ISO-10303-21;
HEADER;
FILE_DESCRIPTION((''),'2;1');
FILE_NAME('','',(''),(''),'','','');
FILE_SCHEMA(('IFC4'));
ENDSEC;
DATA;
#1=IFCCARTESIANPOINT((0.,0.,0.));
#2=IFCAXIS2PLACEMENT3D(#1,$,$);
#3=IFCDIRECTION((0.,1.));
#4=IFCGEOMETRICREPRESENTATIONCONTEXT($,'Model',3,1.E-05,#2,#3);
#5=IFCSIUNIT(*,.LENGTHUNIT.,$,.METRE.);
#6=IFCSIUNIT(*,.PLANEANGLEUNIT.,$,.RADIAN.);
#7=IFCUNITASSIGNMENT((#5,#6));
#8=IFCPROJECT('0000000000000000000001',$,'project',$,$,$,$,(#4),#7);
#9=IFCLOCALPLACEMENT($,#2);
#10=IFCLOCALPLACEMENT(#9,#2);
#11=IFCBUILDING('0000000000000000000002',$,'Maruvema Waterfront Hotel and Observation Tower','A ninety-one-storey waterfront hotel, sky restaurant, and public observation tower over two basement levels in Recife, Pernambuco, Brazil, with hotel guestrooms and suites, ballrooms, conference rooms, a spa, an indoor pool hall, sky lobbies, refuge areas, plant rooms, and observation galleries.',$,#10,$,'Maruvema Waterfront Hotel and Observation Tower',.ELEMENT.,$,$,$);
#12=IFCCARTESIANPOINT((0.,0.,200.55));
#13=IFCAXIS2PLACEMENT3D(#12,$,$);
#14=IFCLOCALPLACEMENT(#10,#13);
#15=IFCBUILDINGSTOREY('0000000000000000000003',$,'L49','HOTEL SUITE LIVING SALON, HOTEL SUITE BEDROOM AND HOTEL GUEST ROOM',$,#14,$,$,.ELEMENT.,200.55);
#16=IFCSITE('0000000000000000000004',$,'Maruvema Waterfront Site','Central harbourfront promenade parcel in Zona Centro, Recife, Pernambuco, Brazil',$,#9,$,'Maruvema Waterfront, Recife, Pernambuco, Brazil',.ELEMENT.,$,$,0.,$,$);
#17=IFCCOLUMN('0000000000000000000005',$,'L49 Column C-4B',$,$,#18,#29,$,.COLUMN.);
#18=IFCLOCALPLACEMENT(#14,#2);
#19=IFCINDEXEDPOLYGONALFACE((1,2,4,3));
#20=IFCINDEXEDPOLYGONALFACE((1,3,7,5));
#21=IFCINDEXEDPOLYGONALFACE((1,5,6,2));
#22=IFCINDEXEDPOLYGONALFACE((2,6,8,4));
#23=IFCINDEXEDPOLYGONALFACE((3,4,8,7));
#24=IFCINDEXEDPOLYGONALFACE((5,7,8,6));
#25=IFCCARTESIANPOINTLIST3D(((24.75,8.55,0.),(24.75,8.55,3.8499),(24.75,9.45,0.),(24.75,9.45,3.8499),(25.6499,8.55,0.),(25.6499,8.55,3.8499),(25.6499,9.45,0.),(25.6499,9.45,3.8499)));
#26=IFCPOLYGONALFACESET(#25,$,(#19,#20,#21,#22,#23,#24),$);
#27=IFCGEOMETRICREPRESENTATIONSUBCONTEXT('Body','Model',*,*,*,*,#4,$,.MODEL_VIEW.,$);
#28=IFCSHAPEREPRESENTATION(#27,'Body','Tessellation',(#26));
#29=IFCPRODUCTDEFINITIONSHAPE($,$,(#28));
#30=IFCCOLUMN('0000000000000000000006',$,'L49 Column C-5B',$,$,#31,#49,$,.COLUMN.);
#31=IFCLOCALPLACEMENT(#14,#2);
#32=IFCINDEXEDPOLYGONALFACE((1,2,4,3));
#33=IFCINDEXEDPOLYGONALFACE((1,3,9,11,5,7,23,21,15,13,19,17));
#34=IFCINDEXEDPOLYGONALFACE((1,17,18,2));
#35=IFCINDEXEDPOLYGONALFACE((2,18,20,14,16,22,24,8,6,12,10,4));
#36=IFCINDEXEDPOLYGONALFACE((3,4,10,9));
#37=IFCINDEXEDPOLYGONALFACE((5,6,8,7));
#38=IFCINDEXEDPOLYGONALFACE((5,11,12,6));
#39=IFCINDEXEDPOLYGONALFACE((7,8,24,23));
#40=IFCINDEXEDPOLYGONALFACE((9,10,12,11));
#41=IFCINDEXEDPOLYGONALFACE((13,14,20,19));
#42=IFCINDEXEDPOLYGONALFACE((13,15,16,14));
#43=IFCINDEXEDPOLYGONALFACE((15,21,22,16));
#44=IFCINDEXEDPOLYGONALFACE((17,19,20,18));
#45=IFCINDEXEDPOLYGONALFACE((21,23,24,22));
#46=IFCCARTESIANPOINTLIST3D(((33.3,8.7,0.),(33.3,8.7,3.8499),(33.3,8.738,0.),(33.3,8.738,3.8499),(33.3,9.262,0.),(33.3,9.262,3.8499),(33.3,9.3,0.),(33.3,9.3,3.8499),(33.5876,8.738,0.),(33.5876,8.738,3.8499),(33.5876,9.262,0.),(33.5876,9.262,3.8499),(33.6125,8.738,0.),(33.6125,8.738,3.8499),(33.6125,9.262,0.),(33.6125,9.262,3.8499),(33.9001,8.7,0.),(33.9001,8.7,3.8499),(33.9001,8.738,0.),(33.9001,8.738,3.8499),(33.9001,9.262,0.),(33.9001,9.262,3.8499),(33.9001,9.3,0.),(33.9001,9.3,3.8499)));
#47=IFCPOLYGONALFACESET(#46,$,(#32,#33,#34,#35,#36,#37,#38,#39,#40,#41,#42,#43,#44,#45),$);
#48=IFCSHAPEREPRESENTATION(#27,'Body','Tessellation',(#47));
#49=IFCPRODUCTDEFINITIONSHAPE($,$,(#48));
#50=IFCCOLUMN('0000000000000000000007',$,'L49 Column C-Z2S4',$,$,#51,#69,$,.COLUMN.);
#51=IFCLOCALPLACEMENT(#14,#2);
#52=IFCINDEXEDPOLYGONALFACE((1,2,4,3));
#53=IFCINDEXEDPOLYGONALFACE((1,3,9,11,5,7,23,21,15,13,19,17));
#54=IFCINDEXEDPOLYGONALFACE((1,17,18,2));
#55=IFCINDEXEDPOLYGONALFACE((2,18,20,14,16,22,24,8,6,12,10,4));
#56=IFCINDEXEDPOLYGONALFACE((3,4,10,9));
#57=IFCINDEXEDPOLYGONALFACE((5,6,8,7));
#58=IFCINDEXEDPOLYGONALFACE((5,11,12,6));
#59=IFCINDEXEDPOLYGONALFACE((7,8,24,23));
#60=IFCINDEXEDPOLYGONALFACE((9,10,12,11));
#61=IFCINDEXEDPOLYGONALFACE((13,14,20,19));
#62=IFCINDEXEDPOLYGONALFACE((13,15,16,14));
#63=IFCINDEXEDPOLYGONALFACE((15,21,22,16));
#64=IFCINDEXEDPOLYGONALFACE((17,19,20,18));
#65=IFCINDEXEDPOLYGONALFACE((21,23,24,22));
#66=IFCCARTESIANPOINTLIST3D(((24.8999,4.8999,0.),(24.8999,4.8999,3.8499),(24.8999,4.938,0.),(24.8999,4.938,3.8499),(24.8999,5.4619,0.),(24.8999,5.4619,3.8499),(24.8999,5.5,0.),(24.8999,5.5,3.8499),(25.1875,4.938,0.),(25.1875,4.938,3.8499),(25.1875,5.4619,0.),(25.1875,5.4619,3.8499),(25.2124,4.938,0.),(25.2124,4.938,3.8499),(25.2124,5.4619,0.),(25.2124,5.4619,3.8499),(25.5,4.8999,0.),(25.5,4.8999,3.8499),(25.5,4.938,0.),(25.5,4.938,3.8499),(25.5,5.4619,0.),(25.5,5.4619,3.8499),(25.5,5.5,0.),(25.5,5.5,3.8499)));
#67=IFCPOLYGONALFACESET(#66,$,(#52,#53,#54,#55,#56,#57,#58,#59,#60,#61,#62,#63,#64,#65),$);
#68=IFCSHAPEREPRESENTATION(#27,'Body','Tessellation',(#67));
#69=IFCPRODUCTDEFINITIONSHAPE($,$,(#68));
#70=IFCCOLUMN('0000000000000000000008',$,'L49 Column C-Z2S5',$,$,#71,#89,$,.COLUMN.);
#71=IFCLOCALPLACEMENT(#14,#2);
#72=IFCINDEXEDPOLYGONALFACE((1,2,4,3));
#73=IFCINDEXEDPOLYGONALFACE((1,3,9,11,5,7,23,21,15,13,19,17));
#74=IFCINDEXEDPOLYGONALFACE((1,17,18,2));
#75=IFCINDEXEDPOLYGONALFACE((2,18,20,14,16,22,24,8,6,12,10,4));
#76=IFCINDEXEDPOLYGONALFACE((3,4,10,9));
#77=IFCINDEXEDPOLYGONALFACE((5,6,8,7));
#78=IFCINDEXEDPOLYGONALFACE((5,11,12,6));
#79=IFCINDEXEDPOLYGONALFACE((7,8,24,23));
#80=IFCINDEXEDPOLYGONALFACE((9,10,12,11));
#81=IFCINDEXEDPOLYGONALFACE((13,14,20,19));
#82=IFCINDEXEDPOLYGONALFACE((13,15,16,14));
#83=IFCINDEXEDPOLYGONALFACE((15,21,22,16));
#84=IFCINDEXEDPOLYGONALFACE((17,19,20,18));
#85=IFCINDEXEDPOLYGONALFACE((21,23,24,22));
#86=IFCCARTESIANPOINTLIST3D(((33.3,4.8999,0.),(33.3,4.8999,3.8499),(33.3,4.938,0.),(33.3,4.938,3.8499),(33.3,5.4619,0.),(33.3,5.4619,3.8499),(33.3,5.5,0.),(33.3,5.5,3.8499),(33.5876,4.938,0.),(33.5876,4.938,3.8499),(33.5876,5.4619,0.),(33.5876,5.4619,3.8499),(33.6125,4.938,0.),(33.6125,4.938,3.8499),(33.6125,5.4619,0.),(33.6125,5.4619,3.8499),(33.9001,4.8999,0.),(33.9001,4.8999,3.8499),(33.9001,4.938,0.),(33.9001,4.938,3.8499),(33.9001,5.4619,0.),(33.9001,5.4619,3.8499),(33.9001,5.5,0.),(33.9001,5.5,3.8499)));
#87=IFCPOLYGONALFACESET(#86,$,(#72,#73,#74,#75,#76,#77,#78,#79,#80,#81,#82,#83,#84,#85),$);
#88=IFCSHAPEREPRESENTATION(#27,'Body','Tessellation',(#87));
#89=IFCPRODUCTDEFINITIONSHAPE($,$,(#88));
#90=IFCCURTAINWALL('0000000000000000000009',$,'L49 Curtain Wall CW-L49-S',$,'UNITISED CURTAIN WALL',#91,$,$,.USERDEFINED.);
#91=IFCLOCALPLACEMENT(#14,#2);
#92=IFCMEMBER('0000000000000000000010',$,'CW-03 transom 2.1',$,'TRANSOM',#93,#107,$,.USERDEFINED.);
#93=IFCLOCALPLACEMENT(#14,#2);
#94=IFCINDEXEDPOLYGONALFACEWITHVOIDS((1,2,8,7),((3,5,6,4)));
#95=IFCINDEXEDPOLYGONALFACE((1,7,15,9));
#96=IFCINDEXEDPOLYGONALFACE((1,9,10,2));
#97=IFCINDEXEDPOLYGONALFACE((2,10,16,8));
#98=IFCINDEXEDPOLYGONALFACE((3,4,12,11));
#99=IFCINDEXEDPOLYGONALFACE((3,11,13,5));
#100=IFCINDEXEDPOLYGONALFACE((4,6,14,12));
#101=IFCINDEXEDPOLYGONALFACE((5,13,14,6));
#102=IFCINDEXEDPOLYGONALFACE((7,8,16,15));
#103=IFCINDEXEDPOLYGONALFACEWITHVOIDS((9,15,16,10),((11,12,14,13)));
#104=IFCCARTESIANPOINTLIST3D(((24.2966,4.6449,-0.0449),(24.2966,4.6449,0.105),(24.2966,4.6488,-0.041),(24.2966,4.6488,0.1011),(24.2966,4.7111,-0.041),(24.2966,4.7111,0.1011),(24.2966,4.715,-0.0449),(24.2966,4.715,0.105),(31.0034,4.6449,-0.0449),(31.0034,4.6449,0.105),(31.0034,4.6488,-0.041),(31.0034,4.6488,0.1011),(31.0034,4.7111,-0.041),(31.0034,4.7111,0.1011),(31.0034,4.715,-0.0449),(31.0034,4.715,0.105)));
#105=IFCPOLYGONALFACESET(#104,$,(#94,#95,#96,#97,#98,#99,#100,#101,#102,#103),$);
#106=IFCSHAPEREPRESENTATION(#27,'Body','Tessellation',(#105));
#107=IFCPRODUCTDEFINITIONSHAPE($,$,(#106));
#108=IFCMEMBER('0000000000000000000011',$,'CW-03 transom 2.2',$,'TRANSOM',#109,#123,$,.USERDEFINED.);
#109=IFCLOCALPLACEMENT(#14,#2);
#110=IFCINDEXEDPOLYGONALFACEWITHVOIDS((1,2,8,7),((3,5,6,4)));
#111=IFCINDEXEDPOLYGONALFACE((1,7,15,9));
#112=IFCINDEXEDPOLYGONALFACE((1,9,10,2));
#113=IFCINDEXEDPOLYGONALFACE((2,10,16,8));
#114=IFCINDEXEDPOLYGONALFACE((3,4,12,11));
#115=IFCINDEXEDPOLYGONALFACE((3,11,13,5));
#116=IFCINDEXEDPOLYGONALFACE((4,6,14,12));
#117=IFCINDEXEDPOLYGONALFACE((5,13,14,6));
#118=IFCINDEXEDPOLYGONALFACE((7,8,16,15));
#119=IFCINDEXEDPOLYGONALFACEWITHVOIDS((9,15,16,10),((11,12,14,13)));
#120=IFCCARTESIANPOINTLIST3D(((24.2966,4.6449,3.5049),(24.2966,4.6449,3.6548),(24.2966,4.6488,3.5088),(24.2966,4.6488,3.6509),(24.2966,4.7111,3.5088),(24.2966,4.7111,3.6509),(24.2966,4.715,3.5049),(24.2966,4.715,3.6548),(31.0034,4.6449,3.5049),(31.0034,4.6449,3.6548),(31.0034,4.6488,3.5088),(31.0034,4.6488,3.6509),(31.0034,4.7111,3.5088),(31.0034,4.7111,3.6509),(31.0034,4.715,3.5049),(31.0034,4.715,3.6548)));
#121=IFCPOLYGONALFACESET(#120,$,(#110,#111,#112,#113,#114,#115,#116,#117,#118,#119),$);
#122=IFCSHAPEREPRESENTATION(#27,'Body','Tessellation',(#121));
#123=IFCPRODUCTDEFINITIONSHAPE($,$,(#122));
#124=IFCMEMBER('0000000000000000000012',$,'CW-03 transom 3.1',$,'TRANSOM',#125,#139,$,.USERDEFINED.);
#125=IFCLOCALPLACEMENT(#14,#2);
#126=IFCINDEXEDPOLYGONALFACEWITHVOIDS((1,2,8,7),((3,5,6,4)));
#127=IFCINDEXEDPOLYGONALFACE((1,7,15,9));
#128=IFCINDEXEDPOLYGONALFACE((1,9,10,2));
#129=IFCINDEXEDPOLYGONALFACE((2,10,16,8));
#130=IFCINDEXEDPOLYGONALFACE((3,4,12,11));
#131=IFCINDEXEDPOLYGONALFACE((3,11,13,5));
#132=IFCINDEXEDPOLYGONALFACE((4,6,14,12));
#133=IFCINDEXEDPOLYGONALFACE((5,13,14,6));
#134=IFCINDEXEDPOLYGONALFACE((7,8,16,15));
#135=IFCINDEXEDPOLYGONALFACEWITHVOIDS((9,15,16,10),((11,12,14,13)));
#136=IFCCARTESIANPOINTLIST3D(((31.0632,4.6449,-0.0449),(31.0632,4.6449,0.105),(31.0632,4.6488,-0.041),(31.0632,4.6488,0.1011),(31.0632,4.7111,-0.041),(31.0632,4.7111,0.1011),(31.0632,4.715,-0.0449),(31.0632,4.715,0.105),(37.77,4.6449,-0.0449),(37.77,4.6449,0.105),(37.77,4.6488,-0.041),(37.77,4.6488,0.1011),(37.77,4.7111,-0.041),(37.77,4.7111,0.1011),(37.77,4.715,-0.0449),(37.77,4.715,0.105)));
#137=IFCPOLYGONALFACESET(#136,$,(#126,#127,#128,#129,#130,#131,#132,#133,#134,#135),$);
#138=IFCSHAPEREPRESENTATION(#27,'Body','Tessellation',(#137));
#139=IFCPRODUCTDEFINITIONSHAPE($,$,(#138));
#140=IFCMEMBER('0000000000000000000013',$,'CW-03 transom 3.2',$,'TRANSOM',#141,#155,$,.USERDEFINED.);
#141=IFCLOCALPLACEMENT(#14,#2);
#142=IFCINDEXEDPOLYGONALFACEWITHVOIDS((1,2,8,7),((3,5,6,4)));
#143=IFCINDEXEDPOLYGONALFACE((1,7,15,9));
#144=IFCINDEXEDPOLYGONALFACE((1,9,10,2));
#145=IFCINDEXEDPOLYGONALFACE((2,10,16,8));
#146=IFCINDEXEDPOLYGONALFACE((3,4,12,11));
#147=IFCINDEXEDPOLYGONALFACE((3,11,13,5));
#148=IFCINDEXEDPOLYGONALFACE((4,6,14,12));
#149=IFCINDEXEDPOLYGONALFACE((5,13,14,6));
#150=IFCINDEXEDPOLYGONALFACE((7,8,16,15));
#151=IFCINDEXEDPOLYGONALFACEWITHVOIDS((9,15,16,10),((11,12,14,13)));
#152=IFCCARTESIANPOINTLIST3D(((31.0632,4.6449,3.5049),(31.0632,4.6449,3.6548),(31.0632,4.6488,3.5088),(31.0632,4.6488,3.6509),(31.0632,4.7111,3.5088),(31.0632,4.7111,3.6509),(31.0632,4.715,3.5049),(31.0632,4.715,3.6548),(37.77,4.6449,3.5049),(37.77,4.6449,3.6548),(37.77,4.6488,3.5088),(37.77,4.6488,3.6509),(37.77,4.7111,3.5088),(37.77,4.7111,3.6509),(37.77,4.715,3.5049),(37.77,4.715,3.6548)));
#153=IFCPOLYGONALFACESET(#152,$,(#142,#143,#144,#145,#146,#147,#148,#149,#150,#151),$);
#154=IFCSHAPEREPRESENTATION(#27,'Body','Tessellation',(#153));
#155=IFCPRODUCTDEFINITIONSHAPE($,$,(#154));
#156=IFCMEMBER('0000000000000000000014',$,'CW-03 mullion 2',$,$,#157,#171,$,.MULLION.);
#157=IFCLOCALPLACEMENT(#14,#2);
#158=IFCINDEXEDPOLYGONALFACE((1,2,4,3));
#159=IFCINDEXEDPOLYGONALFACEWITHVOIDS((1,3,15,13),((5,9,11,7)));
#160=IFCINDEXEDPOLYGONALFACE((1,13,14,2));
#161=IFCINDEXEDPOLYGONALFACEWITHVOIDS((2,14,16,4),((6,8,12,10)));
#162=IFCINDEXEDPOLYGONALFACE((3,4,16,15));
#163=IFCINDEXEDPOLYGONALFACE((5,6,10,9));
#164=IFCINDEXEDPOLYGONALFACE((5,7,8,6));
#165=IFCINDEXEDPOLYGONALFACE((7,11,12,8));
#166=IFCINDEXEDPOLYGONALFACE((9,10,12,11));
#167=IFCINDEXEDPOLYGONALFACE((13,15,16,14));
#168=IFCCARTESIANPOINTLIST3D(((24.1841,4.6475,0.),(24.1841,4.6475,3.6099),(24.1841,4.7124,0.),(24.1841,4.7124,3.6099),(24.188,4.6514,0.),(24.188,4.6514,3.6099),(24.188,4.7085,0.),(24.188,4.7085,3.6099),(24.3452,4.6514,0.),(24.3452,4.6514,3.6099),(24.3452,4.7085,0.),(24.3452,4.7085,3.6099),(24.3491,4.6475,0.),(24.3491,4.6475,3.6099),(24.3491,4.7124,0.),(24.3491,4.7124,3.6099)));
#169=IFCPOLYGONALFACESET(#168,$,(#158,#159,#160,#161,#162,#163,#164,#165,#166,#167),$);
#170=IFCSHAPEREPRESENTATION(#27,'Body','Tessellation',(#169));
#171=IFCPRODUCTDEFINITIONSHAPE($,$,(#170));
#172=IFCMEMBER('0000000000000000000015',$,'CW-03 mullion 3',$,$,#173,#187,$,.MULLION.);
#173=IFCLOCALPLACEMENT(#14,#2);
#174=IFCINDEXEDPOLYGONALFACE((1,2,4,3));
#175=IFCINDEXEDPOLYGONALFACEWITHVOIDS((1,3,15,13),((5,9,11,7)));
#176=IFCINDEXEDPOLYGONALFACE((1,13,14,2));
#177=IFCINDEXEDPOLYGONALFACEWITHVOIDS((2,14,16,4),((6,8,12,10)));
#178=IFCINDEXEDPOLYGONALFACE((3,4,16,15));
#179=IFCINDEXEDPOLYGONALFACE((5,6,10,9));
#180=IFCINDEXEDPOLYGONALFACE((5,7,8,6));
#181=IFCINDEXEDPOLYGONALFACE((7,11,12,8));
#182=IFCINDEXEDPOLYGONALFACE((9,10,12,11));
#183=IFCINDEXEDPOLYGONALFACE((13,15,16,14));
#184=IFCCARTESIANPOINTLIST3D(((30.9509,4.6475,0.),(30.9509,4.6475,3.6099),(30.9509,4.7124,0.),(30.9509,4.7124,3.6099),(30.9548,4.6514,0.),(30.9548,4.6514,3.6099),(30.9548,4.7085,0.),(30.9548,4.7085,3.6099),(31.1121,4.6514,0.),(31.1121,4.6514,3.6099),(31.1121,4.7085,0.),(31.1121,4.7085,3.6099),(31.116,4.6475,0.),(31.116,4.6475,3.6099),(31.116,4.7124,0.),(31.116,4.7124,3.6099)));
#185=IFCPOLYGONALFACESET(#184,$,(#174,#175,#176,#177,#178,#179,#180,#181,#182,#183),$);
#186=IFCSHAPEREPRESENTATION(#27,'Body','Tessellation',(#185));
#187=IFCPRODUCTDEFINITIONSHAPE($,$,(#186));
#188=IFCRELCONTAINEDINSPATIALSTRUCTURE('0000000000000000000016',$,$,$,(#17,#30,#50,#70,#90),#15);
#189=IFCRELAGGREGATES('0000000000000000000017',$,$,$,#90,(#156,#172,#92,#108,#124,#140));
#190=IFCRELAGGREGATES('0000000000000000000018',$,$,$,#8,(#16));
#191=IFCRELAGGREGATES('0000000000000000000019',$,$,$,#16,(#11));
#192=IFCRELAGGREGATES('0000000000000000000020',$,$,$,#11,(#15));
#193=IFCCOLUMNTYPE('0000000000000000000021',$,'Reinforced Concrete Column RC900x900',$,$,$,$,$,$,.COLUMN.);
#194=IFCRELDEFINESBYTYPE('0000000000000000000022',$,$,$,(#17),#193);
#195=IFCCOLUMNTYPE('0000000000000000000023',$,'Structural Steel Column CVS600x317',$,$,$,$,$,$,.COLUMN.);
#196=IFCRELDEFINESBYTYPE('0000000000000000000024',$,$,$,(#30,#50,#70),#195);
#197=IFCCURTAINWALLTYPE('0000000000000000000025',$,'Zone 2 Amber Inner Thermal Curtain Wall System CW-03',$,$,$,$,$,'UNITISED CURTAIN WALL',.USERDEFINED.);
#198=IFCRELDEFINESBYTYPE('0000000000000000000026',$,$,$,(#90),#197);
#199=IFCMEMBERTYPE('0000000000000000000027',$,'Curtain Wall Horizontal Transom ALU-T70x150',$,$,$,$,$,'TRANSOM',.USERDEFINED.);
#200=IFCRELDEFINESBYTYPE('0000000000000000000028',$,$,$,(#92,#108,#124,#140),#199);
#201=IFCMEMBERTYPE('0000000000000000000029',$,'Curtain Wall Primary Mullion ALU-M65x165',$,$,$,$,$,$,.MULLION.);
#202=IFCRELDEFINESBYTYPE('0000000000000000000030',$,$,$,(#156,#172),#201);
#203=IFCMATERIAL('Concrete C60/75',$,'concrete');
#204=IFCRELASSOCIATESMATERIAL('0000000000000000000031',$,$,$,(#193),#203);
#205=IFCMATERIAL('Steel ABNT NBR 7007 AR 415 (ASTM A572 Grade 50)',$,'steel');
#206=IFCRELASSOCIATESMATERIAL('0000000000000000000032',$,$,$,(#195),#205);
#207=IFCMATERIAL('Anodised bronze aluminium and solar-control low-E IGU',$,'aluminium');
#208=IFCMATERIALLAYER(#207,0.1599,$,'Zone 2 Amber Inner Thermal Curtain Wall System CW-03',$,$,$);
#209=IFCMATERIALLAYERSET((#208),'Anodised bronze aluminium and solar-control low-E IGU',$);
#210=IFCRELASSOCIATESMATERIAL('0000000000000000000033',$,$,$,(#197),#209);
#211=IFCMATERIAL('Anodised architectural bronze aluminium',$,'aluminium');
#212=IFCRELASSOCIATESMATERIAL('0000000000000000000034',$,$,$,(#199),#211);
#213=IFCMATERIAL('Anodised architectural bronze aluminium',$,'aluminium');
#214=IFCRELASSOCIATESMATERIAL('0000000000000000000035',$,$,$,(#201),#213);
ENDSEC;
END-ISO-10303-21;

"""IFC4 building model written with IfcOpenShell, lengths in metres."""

from ifc_helpers import new_model, si_unit, direction, frame, origin, origin_2d, place, context, subcontext, project, spatial, rectangle, hollow_rectangle, i_section, extrude, material, layer, layer_set, material_profile, profile_set, type_object, element, aggregate, save


model = new_model("IFC4")

# Units and contexts
model_context = context("Model", 3, precision=1e-05, world=origin(), true_north=direction((0.0, 1.0)))
body_context = subcontext(model_context, "Body", "Model", "MODEL_VIEW")
ifc_project = project(units=[si_unit("LENGTHUNIT", "METRE"), si_unit("PLANEANGLEUNIT", "RADIAN")], contexts=[model_context])

# Site, building, storey
site_placement = place(None, origin())
site = spatial("IfcSite", under=ifc_project, at=site_placement, Name="Maruvema Waterfront Site", Description="Central harbourfront promenade parcel in Zona Centro, Recife, Pernambuco, Brazil", LongName="Maruvema Waterfront, Recife, Pernambuco, Brazil", CompositionType="ELEMENT", RefElevation=0.0)
building_placement = place(site_placement, origin())
building = spatial("IfcBuilding", under=site, at=building_placement, Name="Maruvema Waterfront Hotel and Observation Tower", Description="A ninety-one-storey waterfront hotel, sky restaurant, and public observation tower over two basement levels in Recife, Pernambuco, Brazil, with hotel guestrooms and suites, ballrooms, conference rooms, a spa, an indoor pool hall, sky lobbies, refuge areas, plant rooms, and observation galleries.", LongName="Maruvema Waterfront Hotel and Observation Tower", CompositionType="ELEMENT")
storey_placement = place(building_placement, frame((0.0, 0.0, 200.55)))
storey = spatial("IfcBuildingStorey", under=building, at=storey_placement, Name="L49", Description="HOTEL SUITE LIVING SALON, HOTEL SUITE BEDROOM AND HOTEL GUEST ROOM", CompositionType="ELEMENT", Elevation=200.55)

# Columns
ifc_material_1 = material(Name="Concrete C60/75", Category="concrete")
ifc_material_profile_1 = material_profile(ifc_material_1, rectangle(XDim=0.8999, YDim=0.8999, at=origin_2d()), Name="RC900x900")
ifc_profile_set_1 = profile_set([ifc_material_profile_1], Name="Concrete C60/75")
column_type_1 = type_object("IfcColumnType", Name="Reinforced Concrete Column RC900x900", PredefinedType="COLUMN", material=ifc_profile_set_1)
column_placement = place(storey_placement, frame((25.2, 9.0, 0.0), z_axis=(0.0, 0.0, 1.0), x_axis=(1.0, 0.0, 0.0)))
element("IfcColumn", 1, at=column_placement, inside=storey, type_object=column_type_1, Name="L49 Column C-4B", PredefinedType="COLUMN", context=body_context, shape_type="SweptSolid", body=[
    extrude(rectangle(XDim=0.8999, YDim=0.8999, at=origin_2d()), origin(), (0.0, 0.0, 1.0), 3.8499),
])
ifc_material_2 = material(Name="Steel ABNT NBR 7007 AR 415 (ASTM A572 Grade 50)", Category="steel")
ifc_material_profile_2 = material_profile(ifc_material_2, i_section(OverallWidth=0.6001, OverallDepth=0.6001, WebThickness=0.0249, FlangeThickness=0.0381, at=origin_2d()), Name="CVS600x317")
ifc_profile_set_2 = profile_set([ifc_material_profile_2], Name="Steel ABNT NBR 7007 AR 415 (ASTM A572 Grade 50)")
column_type_2 = type_object("IfcColumnType", Name="Structural Steel Column CVS600x317", PredefinedType="COLUMN", material=ifc_profile_set_2)
for number, where, z_axis, x_axis, name in (
    (2, (33.6001, 9.0, 0.0), (0.0, 0.0, 1.0), (1.0, 0.0, 0.0), "L49 Column C-5B"),
    (3, (25.2, 5.2, 0.0), (0.0, 0.0, 1.0), (1.0, 0.0, 0.0), "L49 Column C-Z2S4"),
    (4, (33.6001, 5.2, 0.0), (0.0, 0.0, 1.0), (1.0, 0.0, 0.0), "L49 Column C-Z2S5"),
):
    element("IfcColumn", number, at=place(storey_placement, frame(where, z_axis=z_axis, x_axis=x_axis)), inside=storey, type_object=column_type_2, Name=name, PredefinedType="COLUMN", context=body_context, shape_type="SweptSolid", body=[
        extrude(i_section(OverallWidth=0.6001, OverallDepth=0.6001, WebThickness=0.0249, FlangeThickness=0.0381, at=origin_2d()), origin(), (0.0, 0.0, 1.0), 3.8499),
    ])

# Curtain wall, members
ifc_material_3 = material(Name="Anodised bronze aluminium and solar-control low-E IGU", Category="aluminium")
ifc_layer_1 = layer(ifc_material_3, 0.1599, Name="Zone 2 Amber Inner Thermal Curtain Wall System CW-03")
ifc_layer_set_1 = layer_set([ifc_layer_1], Name="Anodised bronze aluminium and solar-control low-E IGU")
curtain_wall_type = type_object("IfcCurtainWallType", Name="Zone 2 Amber Inner Thermal Curtain Wall System CW-03", ElementType="UNITISED CURTAIN WALL", PredefinedType="USERDEFINED", material=ifc_layer_set_1)
curtain_wall_placement = place(storey_placement, origin())
curtain_wall = element("IfcCurtainWall", 5, at=curtain_wall_placement, inside=storey, type_object=curtain_wall_type, Name="L49 Curtain Wall CW-L49-S", ObjectType="UNITISED CURTAIN WALL", PredefinedType="USERDEFINED")
ifc_material_4 = material(Name="Anodised architectural bronze aluminium", Category="aluminium")
ifc_material_profile_3 = material_profile(ifc_material_4, hollow_rectangle(XDim=0.0701, YDim=0.1499, WallThickness=0.0039, at=origin_2d()), Name="ALU-T70x150")
ifc_profile_set_3 = profile_set([ifc_material_profile_3], Name="Anodised architectural bronze aluminium")
member_type_1 = type_object("IfcMemberType", Name="Curtain Wall Horizontal Transom ALU-T70x150", ElementType="TRANSOM", PredefinedType="USERDEFINED", material=ifc_profile_set_3)
member_1_placement = place(storey_placement, frame((24.2966, 4.6799, 0.03), z_axis=(1.0, 0.0, 0.0), x_axis=(0.0, 1.0, 0.0)))
member_1 = element("IfcMember", 6, at=member_1_placement, type_object=member_type_1, Name="CW-03 transom 2.1", ObjectType="TRANSOM", PredefinedType="USERDEFINED", context=body_context, shape_type="SweptSolid", body=[
    extrude(hollow_rectangle(XDim=0.0701, YDim=0.1499, WallThickness=0.0039, at=origin_2d()), origin(), (0.0, 0.0, 1.0), 6.7068),
])
member_2_placement = place(storey_placement, frame((24.2966, 4.6799, 3.5798), z_axis=(1.0, 0.0, 0.0), x_axis=(0.0, 1.0, 0.0)))
member_2 = element("IfcMember", 7, at=member_2_placement, type_object=member_type_1, Name="CW-03 transom 2.2", ObjectType="TRANSOM", PredefinedType="USERDEFINED", context=body_context, shape_type="SweptSolid", body=[
    extrude(hollow_rectangle(XDim=0.0701, YDim=0.1499, WallThickness=0.0039, at=origin_2d()), origin(), (0.0, 0.0, 1.0), 6.7068),
])
member_3_placement = place(storey_placement, frame((31.0632, 4.6799, 0.03), z_axis=(1.0, 0.0, 0.0), x_axis=(0.0, 1.0, 0.0)))
member_3 = element("IfcMember", 8, at=member_3_placement, type_object=member_type_1, Name="CW-03 transom 3.1", ObjectType="TRANSOM", PredefinedType="USERDEFINED", context=body_context, shape_type="SweptSolid", body=[
    extrude(hollow_rectangle(XDim=0.0701, YDim=0.1499, WallThickness=0.0039, at=origin_2d()), origin(), (0.0, 0.0, 1.0), 6.7068),
])
member_4_placement = place(storey_placement, frame((31.0632, 4.6799, 3.5798), z_axis=(1.0, 0.0, 0.0), x_axis=(0.0, 1.0, 0.0)))
member_4 = element("IfcMember", 9, at=member_4_placement, type_object=member_type_1, Name="CW-03 transom 3.2", ObjectType="TRANSOM", PredefinedType="USERDEFINED", context=body_context, shape_type="SweptSolid", body=[
    extrude(hollow_rectangle(XDim=0.0701, YDim=0.1499, WallThickness=0.0039, at=origin_2d()), origin(), (0.0, 0.0, 1.0), 6.7068),
])
ifc_material_5 = material(Name="Anodised architectural bronze aluminium", Category="aluminium")
ifc_material_profile_4 = material_profile(ifc_material_5, hollow_rectangle(XDim=0.0649, YDim=0.165, WallThickness=0.0039, at=origin_2d()), Name="ALU-M65x165")
ifc_profile_set_4 = profile_set([ifc_material_profile_4], Name="Anodised architectural bronze aluminium")
member_type_2 = type_object("IfcMemberType", Name="Curtain Wall Primary Mullion ALU-M65x165", PredefinedType="MULLION", material=ifc_profile_set_4)
member_5_placement = place(storey_placement, frame((24.2666, 4.6799, 0.0), z_axis=(0.0, 0.0, 1.0), x_axis=(0.0, 1.0, 0.0)))
member_5 = element("IfcMember", 10, at=member_5_placement, type_object=member_type_2, Name="CW-03 mullion 2", PredefinedType="MULLION", context=body_context, shape_type="SweptSolid", body=[
    extrude(hollow_rectangle(XDim=0.0649, YDim=0.165, WallThickness=0.0039, at=origin_2d()), origin(), (0.0, 0.0, 1.0), 3.6099),
])
member_6_placement = place(storey_placement, frame((31.0334, 4.6799, 0.0), z_axis=(0.0, 0.0, 1.0), x_axis=(0.0, 1.0, 0.0)))
member_6 = element("IfcMember", 11, at=member_6_placement, type_object=member_type_2, Name="CW-03 mullion 3", PredefinedType="MULLION", context=body_context, shape_type="SweptSolid", body=[
    extrude(hollow_rectangle(XDim=0.0649, YDim=0.165, WallThickness=0.0039, at=origin_2d()), origin(), (0.0, 0.0, 1.0), 3.6099),
])

aggregate(curtain_wall, [member_5, member_6, member_1, member_2, member_3, member_4])

save(model, "model.ifc")
